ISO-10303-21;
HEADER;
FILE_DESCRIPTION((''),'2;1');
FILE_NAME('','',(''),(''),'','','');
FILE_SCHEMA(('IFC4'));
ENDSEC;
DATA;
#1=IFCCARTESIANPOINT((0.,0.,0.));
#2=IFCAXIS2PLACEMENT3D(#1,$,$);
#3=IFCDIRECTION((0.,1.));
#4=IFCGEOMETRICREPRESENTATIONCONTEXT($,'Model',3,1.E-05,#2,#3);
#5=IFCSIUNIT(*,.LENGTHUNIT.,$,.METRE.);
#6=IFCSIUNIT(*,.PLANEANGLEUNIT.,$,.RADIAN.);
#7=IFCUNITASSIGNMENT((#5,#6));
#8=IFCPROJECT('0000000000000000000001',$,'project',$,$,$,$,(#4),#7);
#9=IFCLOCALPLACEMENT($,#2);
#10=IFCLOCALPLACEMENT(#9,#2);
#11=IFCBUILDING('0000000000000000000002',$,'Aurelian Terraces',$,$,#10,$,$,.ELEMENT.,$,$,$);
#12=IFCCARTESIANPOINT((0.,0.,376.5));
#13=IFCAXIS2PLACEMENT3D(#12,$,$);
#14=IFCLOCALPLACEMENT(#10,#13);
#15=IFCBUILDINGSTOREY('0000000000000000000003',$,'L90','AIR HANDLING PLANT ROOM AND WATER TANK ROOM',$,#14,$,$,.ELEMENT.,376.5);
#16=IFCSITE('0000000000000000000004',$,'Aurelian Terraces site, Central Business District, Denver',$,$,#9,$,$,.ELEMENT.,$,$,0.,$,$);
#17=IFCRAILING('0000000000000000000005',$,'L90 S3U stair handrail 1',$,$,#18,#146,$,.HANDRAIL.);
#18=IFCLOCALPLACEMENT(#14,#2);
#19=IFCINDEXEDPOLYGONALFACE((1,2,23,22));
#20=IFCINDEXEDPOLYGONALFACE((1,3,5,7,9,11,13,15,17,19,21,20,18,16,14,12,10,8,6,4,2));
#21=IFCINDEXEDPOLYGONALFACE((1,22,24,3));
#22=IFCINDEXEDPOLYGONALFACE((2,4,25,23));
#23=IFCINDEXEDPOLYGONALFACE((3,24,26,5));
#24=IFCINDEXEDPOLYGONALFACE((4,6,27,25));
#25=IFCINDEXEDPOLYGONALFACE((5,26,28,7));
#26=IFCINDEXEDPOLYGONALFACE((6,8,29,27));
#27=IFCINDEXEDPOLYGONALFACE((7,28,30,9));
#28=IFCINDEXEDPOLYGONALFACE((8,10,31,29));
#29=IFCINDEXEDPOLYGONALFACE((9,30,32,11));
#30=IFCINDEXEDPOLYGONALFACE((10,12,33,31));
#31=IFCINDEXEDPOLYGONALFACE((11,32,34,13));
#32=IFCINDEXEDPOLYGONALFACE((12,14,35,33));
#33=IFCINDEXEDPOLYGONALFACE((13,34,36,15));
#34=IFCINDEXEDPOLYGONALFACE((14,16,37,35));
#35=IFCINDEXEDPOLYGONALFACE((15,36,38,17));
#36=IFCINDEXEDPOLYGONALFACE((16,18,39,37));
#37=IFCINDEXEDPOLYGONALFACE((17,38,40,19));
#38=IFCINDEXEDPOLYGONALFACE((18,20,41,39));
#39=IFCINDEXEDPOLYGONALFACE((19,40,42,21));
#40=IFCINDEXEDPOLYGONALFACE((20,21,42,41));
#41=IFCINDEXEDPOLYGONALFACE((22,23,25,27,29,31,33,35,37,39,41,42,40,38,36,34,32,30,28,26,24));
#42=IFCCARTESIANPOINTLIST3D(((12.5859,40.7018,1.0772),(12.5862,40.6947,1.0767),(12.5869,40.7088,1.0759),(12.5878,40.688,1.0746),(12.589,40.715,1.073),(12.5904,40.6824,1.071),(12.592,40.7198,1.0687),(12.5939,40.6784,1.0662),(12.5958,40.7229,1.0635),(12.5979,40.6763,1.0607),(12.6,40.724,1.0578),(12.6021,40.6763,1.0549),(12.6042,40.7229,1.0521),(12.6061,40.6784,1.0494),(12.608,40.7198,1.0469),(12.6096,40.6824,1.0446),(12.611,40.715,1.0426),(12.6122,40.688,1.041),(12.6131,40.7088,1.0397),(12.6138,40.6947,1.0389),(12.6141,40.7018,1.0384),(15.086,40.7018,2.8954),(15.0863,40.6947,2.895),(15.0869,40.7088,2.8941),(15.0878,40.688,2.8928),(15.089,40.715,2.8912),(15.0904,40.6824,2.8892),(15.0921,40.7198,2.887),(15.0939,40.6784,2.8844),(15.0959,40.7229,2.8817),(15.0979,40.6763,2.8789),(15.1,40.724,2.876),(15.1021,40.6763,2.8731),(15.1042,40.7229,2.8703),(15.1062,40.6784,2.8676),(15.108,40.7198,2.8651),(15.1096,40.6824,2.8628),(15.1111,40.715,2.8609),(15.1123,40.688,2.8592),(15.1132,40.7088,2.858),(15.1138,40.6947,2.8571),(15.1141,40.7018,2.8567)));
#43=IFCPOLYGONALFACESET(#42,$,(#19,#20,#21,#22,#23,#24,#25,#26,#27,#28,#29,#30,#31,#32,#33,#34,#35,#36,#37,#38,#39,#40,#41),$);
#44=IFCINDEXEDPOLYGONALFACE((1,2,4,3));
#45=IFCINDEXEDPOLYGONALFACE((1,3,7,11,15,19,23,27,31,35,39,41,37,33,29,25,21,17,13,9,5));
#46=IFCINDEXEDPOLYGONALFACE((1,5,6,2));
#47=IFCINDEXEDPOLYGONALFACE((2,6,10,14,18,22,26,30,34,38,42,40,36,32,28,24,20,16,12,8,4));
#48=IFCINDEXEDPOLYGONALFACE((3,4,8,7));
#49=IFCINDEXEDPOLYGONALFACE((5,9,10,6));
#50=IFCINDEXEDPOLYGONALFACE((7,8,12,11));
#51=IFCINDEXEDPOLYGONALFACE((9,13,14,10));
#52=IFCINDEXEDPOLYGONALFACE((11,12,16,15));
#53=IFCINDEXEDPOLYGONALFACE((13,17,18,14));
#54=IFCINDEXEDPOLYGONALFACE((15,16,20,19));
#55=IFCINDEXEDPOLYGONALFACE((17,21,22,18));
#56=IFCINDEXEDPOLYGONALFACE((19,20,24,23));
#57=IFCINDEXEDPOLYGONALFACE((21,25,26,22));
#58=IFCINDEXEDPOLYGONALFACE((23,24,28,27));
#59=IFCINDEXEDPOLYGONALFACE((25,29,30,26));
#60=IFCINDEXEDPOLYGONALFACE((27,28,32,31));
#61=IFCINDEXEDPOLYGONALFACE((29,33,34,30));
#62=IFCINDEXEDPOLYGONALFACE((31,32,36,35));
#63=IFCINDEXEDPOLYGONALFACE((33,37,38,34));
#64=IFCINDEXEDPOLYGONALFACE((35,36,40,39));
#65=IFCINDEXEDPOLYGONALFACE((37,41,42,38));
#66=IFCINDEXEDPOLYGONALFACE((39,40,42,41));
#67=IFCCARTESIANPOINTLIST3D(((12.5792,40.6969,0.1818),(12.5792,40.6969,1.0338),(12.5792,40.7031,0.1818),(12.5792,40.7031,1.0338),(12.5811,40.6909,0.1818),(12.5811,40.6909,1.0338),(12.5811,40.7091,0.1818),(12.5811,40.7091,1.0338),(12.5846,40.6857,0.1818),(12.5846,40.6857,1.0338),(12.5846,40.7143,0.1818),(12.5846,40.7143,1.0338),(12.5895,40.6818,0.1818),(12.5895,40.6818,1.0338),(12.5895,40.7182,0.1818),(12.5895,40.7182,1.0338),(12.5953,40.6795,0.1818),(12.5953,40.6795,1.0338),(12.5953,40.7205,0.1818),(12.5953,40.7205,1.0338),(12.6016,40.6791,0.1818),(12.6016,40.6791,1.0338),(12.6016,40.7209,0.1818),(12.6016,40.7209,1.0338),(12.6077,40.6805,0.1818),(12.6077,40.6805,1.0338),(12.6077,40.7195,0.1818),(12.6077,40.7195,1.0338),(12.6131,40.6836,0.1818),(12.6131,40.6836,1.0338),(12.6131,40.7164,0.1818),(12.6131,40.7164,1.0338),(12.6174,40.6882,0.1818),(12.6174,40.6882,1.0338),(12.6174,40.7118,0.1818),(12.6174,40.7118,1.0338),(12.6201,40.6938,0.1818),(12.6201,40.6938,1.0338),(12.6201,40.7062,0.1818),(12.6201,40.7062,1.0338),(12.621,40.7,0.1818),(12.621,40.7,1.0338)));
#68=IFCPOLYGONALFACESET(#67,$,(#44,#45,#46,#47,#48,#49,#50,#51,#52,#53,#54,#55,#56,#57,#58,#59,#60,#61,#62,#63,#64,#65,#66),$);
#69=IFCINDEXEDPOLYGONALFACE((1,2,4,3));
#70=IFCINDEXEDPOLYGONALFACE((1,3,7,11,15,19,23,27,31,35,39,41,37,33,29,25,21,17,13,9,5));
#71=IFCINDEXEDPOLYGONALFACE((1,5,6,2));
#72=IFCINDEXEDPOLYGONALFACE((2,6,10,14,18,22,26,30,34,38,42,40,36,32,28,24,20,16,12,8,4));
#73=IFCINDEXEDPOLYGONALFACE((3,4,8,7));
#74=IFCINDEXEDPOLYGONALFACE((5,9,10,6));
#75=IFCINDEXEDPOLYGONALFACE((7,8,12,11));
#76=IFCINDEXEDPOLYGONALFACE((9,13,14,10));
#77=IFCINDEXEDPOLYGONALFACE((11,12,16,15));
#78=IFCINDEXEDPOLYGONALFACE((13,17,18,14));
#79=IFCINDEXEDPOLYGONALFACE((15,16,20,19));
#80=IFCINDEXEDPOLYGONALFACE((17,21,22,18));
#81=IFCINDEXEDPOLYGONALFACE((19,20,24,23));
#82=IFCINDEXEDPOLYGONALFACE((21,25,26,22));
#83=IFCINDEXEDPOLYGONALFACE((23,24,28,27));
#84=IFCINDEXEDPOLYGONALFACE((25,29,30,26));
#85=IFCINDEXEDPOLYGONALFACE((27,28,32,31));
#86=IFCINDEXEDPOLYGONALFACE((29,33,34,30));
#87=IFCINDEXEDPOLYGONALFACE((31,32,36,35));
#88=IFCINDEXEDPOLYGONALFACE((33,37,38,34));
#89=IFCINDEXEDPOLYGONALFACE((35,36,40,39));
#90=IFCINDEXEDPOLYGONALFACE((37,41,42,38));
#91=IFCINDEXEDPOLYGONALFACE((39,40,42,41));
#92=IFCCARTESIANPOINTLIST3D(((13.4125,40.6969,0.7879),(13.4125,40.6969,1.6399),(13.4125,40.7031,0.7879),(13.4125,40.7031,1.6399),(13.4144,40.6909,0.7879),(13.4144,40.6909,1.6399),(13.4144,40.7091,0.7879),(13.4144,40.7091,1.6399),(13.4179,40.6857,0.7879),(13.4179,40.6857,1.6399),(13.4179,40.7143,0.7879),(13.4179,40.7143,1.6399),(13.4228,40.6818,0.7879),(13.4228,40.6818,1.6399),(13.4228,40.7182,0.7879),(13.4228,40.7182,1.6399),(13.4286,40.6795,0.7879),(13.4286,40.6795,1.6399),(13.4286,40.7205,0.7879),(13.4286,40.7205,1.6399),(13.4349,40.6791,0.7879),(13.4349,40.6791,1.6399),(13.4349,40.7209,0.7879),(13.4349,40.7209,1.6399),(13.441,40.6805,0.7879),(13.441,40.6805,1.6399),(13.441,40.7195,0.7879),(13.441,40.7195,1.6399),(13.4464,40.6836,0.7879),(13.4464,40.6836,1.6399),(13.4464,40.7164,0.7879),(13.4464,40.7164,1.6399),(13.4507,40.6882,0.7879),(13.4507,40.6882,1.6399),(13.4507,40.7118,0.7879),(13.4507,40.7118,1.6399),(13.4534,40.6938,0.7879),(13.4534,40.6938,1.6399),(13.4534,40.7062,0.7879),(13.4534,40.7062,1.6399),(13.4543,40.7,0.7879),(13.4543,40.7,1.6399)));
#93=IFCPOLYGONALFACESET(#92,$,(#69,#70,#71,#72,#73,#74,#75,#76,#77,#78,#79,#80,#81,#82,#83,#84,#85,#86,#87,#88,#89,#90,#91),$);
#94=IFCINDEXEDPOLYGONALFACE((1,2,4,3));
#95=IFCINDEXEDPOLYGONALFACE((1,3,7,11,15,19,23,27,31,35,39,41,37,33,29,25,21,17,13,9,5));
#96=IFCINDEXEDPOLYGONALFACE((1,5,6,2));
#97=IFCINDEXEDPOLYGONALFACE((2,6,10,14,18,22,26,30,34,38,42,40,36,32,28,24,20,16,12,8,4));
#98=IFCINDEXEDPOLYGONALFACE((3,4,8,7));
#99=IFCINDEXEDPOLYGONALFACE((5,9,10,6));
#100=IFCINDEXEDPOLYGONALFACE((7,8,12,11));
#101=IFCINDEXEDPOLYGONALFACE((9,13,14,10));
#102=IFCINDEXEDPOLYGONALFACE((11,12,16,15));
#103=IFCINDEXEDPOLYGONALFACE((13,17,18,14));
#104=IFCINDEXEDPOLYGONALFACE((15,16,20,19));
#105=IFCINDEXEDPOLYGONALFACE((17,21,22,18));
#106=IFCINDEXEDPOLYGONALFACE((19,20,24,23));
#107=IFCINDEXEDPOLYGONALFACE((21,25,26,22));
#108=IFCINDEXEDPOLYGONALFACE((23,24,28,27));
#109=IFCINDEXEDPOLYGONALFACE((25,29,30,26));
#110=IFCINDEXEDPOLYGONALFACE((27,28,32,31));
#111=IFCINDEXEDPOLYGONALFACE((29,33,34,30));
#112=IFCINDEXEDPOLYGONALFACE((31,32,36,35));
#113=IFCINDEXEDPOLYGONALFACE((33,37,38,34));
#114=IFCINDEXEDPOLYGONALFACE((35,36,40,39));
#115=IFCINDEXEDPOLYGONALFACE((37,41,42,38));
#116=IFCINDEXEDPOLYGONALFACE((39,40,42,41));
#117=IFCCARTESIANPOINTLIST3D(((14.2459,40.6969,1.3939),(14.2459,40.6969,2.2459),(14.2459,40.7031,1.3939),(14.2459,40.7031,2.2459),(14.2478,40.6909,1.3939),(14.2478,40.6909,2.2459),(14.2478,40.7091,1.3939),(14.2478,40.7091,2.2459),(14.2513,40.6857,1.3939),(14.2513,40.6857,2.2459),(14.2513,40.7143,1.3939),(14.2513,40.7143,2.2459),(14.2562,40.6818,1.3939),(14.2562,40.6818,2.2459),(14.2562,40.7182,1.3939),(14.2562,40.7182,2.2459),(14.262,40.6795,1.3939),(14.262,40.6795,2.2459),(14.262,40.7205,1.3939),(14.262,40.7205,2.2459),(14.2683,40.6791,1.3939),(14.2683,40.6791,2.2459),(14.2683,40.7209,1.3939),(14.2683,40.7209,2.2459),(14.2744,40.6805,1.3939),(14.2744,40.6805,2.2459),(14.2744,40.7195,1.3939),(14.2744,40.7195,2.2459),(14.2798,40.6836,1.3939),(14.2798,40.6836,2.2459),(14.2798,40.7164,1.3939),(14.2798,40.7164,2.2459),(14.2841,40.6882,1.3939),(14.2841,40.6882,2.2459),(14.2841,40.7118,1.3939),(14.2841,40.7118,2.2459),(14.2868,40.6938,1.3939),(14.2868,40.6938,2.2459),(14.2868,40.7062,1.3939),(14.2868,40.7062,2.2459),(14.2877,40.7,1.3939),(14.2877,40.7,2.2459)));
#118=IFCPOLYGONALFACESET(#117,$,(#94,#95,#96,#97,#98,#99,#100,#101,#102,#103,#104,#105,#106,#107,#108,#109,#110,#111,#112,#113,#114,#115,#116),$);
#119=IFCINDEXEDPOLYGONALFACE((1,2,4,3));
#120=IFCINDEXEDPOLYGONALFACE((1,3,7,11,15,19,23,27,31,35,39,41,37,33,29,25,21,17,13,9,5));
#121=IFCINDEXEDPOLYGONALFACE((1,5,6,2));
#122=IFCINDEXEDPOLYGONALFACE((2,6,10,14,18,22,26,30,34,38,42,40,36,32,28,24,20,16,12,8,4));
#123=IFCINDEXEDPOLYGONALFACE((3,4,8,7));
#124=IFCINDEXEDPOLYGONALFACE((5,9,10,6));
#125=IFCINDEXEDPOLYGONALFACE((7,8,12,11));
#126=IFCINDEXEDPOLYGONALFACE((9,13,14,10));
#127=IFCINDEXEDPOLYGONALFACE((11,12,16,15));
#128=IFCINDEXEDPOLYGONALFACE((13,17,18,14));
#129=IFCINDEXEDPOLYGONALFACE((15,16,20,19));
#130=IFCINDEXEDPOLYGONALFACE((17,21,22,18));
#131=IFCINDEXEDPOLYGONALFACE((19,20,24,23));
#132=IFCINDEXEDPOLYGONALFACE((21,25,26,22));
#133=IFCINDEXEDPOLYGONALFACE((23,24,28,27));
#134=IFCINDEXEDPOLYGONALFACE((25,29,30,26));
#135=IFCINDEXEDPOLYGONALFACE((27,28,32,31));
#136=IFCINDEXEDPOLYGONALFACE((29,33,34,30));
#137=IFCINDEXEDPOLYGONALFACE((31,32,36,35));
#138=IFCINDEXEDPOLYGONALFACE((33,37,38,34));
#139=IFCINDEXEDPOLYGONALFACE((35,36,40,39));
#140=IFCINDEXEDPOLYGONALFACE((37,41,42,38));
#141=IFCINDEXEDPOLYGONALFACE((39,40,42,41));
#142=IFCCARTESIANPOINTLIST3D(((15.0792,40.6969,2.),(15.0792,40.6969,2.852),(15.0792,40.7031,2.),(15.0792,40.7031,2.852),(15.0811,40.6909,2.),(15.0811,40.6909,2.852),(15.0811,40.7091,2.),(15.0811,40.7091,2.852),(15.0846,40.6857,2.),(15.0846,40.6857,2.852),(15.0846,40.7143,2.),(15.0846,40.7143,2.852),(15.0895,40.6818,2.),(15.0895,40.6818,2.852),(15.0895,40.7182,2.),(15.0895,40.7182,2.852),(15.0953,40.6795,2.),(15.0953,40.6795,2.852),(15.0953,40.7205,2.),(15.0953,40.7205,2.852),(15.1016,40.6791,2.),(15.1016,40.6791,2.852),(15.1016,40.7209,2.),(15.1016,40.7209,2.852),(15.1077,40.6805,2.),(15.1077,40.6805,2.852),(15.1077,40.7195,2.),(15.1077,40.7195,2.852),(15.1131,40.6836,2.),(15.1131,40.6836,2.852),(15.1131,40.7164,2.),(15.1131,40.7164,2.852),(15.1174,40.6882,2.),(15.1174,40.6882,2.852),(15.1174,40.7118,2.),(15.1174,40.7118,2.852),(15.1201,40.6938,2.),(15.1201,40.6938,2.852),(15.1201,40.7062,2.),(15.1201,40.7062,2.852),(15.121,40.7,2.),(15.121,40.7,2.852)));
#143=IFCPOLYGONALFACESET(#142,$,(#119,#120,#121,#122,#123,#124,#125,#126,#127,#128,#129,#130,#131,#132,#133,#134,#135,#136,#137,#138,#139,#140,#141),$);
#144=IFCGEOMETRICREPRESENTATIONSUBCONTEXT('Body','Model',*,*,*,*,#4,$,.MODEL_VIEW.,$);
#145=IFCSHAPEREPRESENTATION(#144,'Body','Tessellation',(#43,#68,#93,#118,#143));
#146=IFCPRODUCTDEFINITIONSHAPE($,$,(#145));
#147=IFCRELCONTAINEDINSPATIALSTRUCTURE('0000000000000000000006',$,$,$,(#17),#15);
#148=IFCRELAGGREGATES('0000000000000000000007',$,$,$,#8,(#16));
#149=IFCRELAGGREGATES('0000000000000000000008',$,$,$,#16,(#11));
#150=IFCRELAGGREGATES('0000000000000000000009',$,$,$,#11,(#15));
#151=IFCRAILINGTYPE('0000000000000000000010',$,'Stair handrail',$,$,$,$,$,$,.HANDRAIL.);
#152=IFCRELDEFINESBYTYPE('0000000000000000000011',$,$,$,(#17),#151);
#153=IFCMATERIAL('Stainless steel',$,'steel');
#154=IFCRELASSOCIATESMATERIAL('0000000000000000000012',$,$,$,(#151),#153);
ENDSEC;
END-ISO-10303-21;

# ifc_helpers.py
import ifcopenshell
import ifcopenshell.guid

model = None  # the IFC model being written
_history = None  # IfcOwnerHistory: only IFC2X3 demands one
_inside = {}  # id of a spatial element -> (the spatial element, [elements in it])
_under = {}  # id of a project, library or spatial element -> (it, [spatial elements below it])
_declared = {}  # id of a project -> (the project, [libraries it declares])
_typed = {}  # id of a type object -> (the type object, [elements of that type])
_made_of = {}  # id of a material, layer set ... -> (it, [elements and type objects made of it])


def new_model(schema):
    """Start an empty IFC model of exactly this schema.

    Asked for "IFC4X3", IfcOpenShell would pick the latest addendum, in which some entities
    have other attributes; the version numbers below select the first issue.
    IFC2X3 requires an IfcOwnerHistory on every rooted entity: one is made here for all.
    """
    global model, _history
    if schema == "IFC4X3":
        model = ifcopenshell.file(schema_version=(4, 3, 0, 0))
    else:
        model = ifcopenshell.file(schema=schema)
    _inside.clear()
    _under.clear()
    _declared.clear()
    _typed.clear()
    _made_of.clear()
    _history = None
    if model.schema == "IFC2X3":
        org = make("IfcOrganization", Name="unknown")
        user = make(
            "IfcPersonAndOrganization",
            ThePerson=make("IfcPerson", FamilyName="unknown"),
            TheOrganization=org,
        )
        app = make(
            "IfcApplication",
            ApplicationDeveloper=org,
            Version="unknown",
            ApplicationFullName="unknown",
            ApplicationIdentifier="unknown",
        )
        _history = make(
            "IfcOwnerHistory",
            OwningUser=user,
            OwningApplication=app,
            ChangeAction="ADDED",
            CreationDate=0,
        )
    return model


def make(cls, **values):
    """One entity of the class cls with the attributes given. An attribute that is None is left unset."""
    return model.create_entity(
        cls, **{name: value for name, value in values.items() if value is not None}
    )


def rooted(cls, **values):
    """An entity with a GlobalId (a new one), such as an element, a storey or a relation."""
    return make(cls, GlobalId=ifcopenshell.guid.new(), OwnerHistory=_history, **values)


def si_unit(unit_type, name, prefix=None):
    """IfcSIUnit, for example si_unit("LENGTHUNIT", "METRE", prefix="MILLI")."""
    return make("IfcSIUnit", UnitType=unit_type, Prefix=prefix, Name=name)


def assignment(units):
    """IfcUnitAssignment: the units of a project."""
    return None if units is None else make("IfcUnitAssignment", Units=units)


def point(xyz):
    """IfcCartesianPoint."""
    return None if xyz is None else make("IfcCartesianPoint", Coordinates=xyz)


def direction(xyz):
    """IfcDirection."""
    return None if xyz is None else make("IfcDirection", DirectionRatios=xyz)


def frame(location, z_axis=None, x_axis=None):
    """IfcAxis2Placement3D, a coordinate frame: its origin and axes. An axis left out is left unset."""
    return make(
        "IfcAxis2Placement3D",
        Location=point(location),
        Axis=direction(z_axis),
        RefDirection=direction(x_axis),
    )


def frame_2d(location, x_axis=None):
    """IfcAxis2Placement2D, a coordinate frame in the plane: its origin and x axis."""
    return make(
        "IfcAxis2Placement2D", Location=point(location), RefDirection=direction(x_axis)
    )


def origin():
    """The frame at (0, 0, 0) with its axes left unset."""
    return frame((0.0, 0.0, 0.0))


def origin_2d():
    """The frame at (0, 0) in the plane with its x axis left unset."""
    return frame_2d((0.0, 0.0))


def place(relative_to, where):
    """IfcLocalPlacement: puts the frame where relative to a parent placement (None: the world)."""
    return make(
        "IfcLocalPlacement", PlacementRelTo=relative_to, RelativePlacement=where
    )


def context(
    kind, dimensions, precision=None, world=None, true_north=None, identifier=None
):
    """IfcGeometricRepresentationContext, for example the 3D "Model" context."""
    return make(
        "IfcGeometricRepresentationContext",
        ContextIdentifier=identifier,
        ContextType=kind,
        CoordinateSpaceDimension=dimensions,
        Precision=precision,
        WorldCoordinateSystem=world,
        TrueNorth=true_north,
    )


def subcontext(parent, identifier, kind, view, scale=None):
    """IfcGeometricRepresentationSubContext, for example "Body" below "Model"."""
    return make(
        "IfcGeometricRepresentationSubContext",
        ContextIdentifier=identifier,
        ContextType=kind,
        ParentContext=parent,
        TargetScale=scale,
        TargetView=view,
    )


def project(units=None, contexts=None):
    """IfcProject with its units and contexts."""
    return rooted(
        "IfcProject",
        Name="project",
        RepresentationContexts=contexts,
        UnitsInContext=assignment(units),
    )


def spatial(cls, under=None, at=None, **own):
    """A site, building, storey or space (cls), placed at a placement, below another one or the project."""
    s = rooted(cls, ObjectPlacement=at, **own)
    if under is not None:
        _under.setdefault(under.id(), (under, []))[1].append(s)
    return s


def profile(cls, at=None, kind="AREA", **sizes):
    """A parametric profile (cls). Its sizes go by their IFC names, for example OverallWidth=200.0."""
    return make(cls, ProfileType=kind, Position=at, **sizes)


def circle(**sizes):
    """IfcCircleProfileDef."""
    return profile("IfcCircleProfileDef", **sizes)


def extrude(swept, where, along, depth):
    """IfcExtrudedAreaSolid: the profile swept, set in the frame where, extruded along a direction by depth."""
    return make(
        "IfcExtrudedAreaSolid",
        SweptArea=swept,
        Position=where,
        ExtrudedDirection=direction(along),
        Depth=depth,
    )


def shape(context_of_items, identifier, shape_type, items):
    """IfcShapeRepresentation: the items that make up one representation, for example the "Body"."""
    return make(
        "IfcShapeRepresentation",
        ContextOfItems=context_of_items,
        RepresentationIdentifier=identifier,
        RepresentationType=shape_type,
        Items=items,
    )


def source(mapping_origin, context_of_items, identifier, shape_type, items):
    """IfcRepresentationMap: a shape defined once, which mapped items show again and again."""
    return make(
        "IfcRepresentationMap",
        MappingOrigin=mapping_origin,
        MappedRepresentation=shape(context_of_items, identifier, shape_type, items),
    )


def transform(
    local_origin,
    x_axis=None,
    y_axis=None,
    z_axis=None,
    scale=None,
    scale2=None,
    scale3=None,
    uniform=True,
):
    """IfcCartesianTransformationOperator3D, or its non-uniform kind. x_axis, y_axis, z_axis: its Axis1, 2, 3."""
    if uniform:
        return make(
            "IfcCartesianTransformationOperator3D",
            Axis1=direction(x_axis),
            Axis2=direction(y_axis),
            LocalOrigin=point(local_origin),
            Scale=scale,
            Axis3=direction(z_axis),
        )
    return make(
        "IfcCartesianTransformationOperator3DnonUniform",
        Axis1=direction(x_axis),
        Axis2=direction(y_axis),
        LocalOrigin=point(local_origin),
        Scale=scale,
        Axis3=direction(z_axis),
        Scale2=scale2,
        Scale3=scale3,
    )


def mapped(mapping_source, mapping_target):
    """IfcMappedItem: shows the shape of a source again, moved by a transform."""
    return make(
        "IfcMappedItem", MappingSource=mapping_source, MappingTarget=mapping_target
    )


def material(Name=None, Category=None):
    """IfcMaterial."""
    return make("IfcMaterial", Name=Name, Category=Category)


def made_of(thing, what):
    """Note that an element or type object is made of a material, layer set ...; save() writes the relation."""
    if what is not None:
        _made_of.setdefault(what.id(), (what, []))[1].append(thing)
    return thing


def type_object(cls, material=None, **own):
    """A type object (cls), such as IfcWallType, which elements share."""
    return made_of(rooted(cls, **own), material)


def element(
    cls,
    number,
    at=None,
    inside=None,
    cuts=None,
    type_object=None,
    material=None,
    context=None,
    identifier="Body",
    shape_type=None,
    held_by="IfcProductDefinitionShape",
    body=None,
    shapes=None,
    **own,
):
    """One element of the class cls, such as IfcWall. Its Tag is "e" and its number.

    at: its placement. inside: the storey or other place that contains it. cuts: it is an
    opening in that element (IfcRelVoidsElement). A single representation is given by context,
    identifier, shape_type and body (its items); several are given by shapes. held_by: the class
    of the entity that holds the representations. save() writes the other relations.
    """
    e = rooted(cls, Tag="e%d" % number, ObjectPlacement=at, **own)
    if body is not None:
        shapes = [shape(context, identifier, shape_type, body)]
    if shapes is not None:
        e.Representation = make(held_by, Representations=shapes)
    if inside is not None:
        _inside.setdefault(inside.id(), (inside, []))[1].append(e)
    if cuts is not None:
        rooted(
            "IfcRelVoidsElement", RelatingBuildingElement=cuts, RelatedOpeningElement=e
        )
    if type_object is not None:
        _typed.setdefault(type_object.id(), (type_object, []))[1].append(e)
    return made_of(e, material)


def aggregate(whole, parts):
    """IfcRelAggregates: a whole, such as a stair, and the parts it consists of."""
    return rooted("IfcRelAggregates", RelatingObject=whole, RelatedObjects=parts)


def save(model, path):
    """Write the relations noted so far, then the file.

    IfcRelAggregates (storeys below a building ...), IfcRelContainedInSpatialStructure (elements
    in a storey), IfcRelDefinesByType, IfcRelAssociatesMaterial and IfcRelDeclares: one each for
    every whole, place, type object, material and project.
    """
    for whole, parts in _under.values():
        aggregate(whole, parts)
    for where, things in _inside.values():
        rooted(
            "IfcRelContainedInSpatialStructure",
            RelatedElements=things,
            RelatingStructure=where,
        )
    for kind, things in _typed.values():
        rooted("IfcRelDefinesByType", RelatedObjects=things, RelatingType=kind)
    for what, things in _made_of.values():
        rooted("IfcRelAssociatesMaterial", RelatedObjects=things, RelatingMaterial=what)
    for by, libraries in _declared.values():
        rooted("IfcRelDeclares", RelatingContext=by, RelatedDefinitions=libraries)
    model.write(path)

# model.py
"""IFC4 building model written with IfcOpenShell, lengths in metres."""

from ifc_helpers import new_model, si_unit, direction, frame, origin, origin_2d, place, context, subcontext, project, spatial, circle, extrude, source, transform, mapped, material, type_object, element, save


model = new_model("IFC4")

# Units and contexts
model_context = context("Model", 3, precision=1e-05, world=origin(), true_north=direction((0.0, 1.0)))
body_context = subcontext(model_context, "Body", "Model", "MODEL_VIEW")
ifc_project = project(units=[si_unit("LENGTHUNIT", "METRE"), si_unit("PLANEANGLEUNIT", "RADIAN")], contexts=[model_context])

# Site, building, storey
site_placement = place(None, origin())
site = spatial("IfcSite", under=ifc_project, at=site_placement, Name="Aurelian Terraces site, Central Business District, Denver", CompositionType="ELEMENT", RefElevation=0.0)
building_placement = place(site_placement, origin())
building = spatial("IfcBuilding", under=site, at=building_placement, Name="Aurelian Terraces", CompositionType="ELEMENT")
storey_placement = place(building_placement, frame((0.0, 0.0, 376.5)))
storey = spatial("IfcBuildingStorey", under=building, at=storey_placement, Name="L90", Description="AIR HANDLING PLANT ROOM AND WATER TANK ROOM", CompositionType="ELEMENT", Elevation=376.5)

# Railing
ifc_material_1 = material(Name="Stainless steel", Category="steel")
railing_type_1 = type_object("IfcRailingType", Name="Stair handrail", PredefinedType="HANDRAIL", material=ifc_material_1)
shared_shape_1 = source(origin(), body_context, "Body", "SweptSolid", [
    extrude(circle(Radius=0.024, at=origin_2d()), frame((0.0, 0.0, 0.876), z_axis=(0.808733, 0.0, 0.588176), x_axis=(0.0, 1.0, 0.0)), (0.0, 0.0, 1.0), 3.0913),
    extrude(circle(Radius=0.021, at=origin_2d()), origin(), (0.0, 0.0, 1.0), 0.852),
    extrude(circle(Radius=0.021, at=origin_2d()), frame((0.8333, 0.0, 0.6061)), (0.0, 0.0, 1.0), 0.852),
    extrude(circle(Radius=0.021, at=origin_2d()), frame((1.6667, 0.0, 1.2121)), (0.0, 0.0, 1.0), 0.852),
    extrude(circle(Radius=0.021, at=origin_2d()), frame((2.5, 0.0, 1.8182)), (0.0, 0.0, 1.0), 0.852),
])
railing_1_placement = place(storey_placement, frame((12.6, 40.7, 0.1818)))
element("IfcRailing", 1, at=railing_1_placement, inside=storey, type_object=railing_type_1, Name="L90 S3U stair handrail 1", PredefinedType="HANDRAIL", context=body_context, shape_type="MappedRepresentation", body=[
    mapped(shared_shape_1, transform((0.0, 0.0, 0.0), scale=1.0)),
])

save(model, "model.ifc")
